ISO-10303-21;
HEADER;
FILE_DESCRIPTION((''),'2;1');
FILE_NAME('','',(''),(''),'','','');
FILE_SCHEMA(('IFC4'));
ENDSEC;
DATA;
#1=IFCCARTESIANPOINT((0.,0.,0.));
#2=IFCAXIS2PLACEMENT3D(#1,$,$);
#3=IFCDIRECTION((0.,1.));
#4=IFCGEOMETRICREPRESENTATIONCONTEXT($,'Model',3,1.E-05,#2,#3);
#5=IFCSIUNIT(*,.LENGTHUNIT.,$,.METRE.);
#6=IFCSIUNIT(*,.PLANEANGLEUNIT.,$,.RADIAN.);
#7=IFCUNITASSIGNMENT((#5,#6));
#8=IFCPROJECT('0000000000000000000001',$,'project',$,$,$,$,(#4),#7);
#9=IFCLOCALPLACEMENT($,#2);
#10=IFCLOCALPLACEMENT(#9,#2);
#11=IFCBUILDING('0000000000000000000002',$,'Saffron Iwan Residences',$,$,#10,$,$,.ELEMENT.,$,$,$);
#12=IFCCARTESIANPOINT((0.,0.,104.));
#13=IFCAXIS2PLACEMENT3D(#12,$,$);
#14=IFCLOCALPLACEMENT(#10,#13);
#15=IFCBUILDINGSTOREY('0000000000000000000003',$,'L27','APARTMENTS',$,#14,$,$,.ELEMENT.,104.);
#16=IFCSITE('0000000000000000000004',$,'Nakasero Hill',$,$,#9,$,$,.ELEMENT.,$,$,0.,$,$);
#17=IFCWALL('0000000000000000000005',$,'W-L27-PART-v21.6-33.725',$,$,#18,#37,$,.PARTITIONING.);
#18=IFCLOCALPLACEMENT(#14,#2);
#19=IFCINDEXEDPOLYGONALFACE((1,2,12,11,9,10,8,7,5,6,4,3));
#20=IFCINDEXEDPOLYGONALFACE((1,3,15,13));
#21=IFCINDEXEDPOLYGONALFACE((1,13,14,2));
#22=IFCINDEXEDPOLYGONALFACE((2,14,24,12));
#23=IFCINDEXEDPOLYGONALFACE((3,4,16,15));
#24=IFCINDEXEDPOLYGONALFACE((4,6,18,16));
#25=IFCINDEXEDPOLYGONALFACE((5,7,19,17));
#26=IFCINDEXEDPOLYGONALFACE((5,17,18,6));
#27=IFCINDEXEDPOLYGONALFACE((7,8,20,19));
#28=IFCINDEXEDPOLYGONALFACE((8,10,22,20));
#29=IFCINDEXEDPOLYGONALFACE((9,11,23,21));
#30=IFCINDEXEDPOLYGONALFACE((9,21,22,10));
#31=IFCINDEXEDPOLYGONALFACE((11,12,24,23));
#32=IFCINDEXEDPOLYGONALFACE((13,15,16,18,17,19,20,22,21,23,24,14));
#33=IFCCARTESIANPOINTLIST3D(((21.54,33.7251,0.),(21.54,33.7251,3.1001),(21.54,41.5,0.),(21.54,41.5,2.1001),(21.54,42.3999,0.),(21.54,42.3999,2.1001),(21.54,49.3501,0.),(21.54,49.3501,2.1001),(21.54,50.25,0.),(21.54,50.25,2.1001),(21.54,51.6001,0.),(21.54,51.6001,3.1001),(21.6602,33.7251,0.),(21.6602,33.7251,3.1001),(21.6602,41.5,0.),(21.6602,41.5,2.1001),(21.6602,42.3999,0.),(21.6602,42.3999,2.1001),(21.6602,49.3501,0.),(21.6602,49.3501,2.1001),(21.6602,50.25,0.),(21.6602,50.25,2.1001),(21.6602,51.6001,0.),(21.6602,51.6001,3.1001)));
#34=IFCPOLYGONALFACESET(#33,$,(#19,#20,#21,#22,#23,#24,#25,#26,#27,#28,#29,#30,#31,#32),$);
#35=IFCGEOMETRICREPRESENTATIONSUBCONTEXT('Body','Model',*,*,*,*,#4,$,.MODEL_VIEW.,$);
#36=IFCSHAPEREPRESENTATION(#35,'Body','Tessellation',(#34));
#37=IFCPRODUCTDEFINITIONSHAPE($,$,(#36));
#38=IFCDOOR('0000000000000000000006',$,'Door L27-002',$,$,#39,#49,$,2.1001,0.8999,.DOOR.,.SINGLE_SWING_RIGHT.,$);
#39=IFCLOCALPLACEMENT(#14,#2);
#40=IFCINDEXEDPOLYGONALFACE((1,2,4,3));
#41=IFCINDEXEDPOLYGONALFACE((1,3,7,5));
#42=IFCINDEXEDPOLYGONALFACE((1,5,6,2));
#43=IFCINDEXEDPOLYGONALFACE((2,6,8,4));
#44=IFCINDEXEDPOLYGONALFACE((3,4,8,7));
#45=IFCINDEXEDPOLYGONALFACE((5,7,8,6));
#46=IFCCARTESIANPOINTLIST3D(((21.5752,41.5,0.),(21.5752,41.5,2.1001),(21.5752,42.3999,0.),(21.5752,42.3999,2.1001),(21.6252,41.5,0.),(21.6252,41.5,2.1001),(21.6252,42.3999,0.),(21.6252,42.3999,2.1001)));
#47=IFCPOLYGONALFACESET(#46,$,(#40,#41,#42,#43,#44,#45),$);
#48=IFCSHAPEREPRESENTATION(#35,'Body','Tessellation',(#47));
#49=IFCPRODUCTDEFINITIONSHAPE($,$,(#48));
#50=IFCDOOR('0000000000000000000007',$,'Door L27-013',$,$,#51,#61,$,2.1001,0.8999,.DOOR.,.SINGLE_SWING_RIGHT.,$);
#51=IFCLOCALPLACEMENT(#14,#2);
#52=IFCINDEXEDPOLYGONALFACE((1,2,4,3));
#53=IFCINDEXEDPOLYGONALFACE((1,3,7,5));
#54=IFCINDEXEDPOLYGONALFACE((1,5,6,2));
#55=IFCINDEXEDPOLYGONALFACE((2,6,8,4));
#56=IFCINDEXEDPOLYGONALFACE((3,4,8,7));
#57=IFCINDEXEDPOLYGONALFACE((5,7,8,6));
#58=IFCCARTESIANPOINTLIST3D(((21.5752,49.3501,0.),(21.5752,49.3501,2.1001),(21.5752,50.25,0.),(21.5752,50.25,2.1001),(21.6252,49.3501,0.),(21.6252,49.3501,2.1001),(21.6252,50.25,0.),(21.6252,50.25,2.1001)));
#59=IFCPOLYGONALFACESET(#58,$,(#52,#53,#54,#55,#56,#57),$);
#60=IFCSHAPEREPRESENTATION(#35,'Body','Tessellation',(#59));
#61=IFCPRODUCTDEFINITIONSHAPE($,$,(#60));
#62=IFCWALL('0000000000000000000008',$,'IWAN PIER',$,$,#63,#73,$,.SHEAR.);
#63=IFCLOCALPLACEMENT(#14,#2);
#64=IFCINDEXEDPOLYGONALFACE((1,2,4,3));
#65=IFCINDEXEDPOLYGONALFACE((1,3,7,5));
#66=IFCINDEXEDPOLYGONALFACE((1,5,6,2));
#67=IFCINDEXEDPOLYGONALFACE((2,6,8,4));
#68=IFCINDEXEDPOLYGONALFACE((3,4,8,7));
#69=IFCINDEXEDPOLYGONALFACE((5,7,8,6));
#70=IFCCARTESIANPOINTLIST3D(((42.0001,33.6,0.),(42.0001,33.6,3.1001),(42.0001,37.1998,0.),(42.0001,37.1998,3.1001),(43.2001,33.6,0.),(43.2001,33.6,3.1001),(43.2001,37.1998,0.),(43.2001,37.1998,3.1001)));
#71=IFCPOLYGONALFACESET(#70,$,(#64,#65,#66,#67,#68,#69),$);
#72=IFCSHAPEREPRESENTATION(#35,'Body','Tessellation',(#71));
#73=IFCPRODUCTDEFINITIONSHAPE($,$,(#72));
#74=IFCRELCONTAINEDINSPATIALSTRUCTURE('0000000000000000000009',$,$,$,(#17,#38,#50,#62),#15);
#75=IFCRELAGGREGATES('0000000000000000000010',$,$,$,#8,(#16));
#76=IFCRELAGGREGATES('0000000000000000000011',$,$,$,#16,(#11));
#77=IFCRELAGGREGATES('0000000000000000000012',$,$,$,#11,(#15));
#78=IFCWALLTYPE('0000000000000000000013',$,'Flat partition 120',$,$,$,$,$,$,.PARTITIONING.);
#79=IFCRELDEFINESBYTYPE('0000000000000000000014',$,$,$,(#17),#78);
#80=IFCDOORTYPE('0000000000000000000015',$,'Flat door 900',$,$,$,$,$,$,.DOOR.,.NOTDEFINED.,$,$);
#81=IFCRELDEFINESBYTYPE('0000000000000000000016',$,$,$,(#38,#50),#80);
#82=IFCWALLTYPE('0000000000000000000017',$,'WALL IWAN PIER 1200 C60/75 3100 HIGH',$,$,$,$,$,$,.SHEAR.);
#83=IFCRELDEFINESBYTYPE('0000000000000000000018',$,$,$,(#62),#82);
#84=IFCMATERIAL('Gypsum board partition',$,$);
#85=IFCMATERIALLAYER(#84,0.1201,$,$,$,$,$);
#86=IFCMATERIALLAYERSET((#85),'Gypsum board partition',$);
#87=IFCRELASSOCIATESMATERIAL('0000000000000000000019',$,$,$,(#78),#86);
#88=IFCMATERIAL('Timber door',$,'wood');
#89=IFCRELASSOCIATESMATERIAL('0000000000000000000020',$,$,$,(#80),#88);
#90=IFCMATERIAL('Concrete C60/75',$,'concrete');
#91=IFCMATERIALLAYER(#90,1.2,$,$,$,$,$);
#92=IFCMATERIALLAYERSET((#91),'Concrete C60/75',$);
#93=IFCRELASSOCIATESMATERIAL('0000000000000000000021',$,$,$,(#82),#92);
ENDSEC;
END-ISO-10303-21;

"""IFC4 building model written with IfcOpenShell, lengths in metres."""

from ifc_helpers import new_model, si_unit, direction, frame, frame_2d, origin, place, context, subcontext, project, spatial, rectangle, extrude, material, layer, layer_set, type_object, element, fill, save


model = new_model("IFC4")

# Units and contexts
model_context = context("Model", 3, precision=1e-05, world=origin(), true_north=direction((0.0, 1.0)))
body_context = subcontext(model_context, "Body", "Model", "MODEL_VIEW")
ifc_project = project(units=[si_unit("LENGTHUNIT", "METRE"), si_unit("PLANEANGLEUNIT", "RADIAN")], contexts=[model_context])

# Site, building, storey
site_placement = place(None, origin())
site = spatial("IfcSite", under=ifc_project, at=site_placement, Name="Nakasero Hill", CompositionType="ELEMENT", RefElevation=0.0)
building_placement = place(site_placement, origin())
building = spatial("IfcBuilding", under=site, at=building_placement, Name="Saffron Iwan Residences", CompositionType="ELEMENT")
storey_placement = place(building_placement, frame((0.0, 0.0, 104.0)))
storey = spatial("IfcBuildingStorey", under=building, at=storey_placement, Name="L27", Description="APARTMENTS", CompositionType="ELEMENT", Elevation=104.0)

# Wall, openings, doors
ifc_material_1 = material(Name="Gypsum board partition")
ifc_layer_1 = layer(ifc_material_1, 0.1201)
ifc_layer_set_1 = layer_set([ifc_layer_1], Name="Gypsum board partition")
wall_type_1 = type_object("IfcWallType", Name="Flat partition 120", PredefinedType="PARTITIONING", material=ifc_layer_set_1)
wall_1_placement = place(storey_placement, frame((21.6001, 33.7251, 0.0), z_axis=(0.0, 0.0, 1.0), x_axis=(0.0, 1.0, 0.0)))
wall_1 = element("IfcWall", 1, at=wall_1_placement, inside=storey, type_object=wall_type_1, Name="W-L27-PART-v21.6-33.725", PredefinedType="PARTITIONING", context=body_context, shape_type="SweptSolid", body=[
    extrude(rectangle(XDim=17.875, YDim=0.1201, at=frame_2d((8.9375, 0.0))), origin(), (0.0, 0.0, 1.0), 3.1001),
])
opening_1_placement = place(wall_1_placement, frame((7.7749, 0.0, 0.0)))
opening_1 = element("IfcOpeningElement", 2, at=opening_1_placement, cuts=wall_1, PredefinedType="OPENING", context=body_context, shape_type="SweptSolid", body=[
    extrude(rectangle(XDim=0.8999, YDim=2.1001, at=frame_2d((0.45, 1.05))), frame((0.0, 0.0701, 0.0), z_axis=(0.0, -1.0, 0.0), x_axis=(1.0, 0.0, 0.0)), (0.0, 0.0, 1.0), 0.1401),
])
opening_2_placement = place(wall_1_placement, frame((15.625, 0.0, 0.0)))
opening_2 = element("IfcOpeningElement", 3, at=opening_2_placement, cuts=wall_1, PredefinedType="OPENING", context=body_context, shape_type="SweptSolid", body=[
    extrude(rectangle(XDim=0.8999, YDim=2.1001, at=frame_2d((0.45, 1.05))), frame((0.0, 0.0701, 0.0), z_axis=(0.0, -1.0, 0.0), x_axis=(1.0, 0.0, 0.0)), (0.0, 0.0, 1.0), 0.1401),
])
ifc_material_2 = material(Name="Timber door", Category="wood")
door_type_1 = type_object("IfcDoorType", Name="Flat door 900", OperationType="NOTDEFINED", PredefinedType="DOOR", material=ifc_material_2)
door_1_placement = place(opening_1_placement, origin())
door_1 = element("IfcDoor", 4, at=door_1_placement, inside=storey, type_object=door_type_1, Name="Door L27-002", OperationType="SINGLE_SWING_RIGHT", OverallHeight=2.1001, OverallWidth=0.8999, PredefinedType="DOOR", context=body_context, shape_type="SweptSolid", body=[
    extrude(rectangle(XDim=0.8999, YDim=2.1001, at=frame_2d((0.45, 1.05))), frame((0.0, 0.0249, 0.0), z_axis=(0.0, -1.0, 0.0), x_axis=(1.0, 0.0, 0.0)), (0.0, 0.0, 1.0), 0.05),
])
fill(opening_1, door_1)
door_2_placement = place(opening_2_placement, origin())
door_2 = element("IfcDoor", 5, at=door_2_placement, inside=storey, type_object=door_type_1, Name="Door L27-013", OperationType="SINGLE_SWING_RIGHT", OverallHeight=2.1001, OverallWidth=0.8999, PredefinedType="DOOR", context=body_context, shape_type="SweptSolid", body=[
    extrude(rectangle(XDim=0.8999, YDim=2.1001, at=frame_2d((0.45, 1.05))), frame((0.0, 0.0249, 0.0), z_axis=(0.0, -1.0, 0.0), x_axis=(1.0, 0.0, 0.0)), (0.0, 0.0, 1.0), 0.05),
])
fill(opening_2, door_2)

# Wall
ifc_material_3 = material(Name="Concrete C60/75", Category="concrete")
ifc_layer_2 = layer(ifc_material_3, 1.2)
ifc_layer_set_2 = layer_set([ifc_layer_2], Name="Concrete C60/75")
wall_type_2 = type_object("IfcWallType", Name="WALL IWAN PIER 1200 C60/75 3100 HIGH", PredefinedType="SHEAR", material=ifc_layer_set_2)
wall_2_placement = place(storey_placement, frame((42.6001, 33.6001, 0.0), z_axis=(0.0, 0.0, 1.0), x_axis=(0.0, 1.0, 0.0)))
element("IfcWall", 6, at=wall_2_placement, inside=storey, type_object=wall_type_2, Name="IWAN PIER", PredefinedType="SHEAR", context=body_context, shape_type="SweptSolid", body=[
    extrude(rectangle(XDim=3.5999, YDim=1.2, at=frame_2d((1.7998, 0.0))), origin(), (0.0, 0.0, 1.0), 3.1001),
])

save(model, "model.ifc")
